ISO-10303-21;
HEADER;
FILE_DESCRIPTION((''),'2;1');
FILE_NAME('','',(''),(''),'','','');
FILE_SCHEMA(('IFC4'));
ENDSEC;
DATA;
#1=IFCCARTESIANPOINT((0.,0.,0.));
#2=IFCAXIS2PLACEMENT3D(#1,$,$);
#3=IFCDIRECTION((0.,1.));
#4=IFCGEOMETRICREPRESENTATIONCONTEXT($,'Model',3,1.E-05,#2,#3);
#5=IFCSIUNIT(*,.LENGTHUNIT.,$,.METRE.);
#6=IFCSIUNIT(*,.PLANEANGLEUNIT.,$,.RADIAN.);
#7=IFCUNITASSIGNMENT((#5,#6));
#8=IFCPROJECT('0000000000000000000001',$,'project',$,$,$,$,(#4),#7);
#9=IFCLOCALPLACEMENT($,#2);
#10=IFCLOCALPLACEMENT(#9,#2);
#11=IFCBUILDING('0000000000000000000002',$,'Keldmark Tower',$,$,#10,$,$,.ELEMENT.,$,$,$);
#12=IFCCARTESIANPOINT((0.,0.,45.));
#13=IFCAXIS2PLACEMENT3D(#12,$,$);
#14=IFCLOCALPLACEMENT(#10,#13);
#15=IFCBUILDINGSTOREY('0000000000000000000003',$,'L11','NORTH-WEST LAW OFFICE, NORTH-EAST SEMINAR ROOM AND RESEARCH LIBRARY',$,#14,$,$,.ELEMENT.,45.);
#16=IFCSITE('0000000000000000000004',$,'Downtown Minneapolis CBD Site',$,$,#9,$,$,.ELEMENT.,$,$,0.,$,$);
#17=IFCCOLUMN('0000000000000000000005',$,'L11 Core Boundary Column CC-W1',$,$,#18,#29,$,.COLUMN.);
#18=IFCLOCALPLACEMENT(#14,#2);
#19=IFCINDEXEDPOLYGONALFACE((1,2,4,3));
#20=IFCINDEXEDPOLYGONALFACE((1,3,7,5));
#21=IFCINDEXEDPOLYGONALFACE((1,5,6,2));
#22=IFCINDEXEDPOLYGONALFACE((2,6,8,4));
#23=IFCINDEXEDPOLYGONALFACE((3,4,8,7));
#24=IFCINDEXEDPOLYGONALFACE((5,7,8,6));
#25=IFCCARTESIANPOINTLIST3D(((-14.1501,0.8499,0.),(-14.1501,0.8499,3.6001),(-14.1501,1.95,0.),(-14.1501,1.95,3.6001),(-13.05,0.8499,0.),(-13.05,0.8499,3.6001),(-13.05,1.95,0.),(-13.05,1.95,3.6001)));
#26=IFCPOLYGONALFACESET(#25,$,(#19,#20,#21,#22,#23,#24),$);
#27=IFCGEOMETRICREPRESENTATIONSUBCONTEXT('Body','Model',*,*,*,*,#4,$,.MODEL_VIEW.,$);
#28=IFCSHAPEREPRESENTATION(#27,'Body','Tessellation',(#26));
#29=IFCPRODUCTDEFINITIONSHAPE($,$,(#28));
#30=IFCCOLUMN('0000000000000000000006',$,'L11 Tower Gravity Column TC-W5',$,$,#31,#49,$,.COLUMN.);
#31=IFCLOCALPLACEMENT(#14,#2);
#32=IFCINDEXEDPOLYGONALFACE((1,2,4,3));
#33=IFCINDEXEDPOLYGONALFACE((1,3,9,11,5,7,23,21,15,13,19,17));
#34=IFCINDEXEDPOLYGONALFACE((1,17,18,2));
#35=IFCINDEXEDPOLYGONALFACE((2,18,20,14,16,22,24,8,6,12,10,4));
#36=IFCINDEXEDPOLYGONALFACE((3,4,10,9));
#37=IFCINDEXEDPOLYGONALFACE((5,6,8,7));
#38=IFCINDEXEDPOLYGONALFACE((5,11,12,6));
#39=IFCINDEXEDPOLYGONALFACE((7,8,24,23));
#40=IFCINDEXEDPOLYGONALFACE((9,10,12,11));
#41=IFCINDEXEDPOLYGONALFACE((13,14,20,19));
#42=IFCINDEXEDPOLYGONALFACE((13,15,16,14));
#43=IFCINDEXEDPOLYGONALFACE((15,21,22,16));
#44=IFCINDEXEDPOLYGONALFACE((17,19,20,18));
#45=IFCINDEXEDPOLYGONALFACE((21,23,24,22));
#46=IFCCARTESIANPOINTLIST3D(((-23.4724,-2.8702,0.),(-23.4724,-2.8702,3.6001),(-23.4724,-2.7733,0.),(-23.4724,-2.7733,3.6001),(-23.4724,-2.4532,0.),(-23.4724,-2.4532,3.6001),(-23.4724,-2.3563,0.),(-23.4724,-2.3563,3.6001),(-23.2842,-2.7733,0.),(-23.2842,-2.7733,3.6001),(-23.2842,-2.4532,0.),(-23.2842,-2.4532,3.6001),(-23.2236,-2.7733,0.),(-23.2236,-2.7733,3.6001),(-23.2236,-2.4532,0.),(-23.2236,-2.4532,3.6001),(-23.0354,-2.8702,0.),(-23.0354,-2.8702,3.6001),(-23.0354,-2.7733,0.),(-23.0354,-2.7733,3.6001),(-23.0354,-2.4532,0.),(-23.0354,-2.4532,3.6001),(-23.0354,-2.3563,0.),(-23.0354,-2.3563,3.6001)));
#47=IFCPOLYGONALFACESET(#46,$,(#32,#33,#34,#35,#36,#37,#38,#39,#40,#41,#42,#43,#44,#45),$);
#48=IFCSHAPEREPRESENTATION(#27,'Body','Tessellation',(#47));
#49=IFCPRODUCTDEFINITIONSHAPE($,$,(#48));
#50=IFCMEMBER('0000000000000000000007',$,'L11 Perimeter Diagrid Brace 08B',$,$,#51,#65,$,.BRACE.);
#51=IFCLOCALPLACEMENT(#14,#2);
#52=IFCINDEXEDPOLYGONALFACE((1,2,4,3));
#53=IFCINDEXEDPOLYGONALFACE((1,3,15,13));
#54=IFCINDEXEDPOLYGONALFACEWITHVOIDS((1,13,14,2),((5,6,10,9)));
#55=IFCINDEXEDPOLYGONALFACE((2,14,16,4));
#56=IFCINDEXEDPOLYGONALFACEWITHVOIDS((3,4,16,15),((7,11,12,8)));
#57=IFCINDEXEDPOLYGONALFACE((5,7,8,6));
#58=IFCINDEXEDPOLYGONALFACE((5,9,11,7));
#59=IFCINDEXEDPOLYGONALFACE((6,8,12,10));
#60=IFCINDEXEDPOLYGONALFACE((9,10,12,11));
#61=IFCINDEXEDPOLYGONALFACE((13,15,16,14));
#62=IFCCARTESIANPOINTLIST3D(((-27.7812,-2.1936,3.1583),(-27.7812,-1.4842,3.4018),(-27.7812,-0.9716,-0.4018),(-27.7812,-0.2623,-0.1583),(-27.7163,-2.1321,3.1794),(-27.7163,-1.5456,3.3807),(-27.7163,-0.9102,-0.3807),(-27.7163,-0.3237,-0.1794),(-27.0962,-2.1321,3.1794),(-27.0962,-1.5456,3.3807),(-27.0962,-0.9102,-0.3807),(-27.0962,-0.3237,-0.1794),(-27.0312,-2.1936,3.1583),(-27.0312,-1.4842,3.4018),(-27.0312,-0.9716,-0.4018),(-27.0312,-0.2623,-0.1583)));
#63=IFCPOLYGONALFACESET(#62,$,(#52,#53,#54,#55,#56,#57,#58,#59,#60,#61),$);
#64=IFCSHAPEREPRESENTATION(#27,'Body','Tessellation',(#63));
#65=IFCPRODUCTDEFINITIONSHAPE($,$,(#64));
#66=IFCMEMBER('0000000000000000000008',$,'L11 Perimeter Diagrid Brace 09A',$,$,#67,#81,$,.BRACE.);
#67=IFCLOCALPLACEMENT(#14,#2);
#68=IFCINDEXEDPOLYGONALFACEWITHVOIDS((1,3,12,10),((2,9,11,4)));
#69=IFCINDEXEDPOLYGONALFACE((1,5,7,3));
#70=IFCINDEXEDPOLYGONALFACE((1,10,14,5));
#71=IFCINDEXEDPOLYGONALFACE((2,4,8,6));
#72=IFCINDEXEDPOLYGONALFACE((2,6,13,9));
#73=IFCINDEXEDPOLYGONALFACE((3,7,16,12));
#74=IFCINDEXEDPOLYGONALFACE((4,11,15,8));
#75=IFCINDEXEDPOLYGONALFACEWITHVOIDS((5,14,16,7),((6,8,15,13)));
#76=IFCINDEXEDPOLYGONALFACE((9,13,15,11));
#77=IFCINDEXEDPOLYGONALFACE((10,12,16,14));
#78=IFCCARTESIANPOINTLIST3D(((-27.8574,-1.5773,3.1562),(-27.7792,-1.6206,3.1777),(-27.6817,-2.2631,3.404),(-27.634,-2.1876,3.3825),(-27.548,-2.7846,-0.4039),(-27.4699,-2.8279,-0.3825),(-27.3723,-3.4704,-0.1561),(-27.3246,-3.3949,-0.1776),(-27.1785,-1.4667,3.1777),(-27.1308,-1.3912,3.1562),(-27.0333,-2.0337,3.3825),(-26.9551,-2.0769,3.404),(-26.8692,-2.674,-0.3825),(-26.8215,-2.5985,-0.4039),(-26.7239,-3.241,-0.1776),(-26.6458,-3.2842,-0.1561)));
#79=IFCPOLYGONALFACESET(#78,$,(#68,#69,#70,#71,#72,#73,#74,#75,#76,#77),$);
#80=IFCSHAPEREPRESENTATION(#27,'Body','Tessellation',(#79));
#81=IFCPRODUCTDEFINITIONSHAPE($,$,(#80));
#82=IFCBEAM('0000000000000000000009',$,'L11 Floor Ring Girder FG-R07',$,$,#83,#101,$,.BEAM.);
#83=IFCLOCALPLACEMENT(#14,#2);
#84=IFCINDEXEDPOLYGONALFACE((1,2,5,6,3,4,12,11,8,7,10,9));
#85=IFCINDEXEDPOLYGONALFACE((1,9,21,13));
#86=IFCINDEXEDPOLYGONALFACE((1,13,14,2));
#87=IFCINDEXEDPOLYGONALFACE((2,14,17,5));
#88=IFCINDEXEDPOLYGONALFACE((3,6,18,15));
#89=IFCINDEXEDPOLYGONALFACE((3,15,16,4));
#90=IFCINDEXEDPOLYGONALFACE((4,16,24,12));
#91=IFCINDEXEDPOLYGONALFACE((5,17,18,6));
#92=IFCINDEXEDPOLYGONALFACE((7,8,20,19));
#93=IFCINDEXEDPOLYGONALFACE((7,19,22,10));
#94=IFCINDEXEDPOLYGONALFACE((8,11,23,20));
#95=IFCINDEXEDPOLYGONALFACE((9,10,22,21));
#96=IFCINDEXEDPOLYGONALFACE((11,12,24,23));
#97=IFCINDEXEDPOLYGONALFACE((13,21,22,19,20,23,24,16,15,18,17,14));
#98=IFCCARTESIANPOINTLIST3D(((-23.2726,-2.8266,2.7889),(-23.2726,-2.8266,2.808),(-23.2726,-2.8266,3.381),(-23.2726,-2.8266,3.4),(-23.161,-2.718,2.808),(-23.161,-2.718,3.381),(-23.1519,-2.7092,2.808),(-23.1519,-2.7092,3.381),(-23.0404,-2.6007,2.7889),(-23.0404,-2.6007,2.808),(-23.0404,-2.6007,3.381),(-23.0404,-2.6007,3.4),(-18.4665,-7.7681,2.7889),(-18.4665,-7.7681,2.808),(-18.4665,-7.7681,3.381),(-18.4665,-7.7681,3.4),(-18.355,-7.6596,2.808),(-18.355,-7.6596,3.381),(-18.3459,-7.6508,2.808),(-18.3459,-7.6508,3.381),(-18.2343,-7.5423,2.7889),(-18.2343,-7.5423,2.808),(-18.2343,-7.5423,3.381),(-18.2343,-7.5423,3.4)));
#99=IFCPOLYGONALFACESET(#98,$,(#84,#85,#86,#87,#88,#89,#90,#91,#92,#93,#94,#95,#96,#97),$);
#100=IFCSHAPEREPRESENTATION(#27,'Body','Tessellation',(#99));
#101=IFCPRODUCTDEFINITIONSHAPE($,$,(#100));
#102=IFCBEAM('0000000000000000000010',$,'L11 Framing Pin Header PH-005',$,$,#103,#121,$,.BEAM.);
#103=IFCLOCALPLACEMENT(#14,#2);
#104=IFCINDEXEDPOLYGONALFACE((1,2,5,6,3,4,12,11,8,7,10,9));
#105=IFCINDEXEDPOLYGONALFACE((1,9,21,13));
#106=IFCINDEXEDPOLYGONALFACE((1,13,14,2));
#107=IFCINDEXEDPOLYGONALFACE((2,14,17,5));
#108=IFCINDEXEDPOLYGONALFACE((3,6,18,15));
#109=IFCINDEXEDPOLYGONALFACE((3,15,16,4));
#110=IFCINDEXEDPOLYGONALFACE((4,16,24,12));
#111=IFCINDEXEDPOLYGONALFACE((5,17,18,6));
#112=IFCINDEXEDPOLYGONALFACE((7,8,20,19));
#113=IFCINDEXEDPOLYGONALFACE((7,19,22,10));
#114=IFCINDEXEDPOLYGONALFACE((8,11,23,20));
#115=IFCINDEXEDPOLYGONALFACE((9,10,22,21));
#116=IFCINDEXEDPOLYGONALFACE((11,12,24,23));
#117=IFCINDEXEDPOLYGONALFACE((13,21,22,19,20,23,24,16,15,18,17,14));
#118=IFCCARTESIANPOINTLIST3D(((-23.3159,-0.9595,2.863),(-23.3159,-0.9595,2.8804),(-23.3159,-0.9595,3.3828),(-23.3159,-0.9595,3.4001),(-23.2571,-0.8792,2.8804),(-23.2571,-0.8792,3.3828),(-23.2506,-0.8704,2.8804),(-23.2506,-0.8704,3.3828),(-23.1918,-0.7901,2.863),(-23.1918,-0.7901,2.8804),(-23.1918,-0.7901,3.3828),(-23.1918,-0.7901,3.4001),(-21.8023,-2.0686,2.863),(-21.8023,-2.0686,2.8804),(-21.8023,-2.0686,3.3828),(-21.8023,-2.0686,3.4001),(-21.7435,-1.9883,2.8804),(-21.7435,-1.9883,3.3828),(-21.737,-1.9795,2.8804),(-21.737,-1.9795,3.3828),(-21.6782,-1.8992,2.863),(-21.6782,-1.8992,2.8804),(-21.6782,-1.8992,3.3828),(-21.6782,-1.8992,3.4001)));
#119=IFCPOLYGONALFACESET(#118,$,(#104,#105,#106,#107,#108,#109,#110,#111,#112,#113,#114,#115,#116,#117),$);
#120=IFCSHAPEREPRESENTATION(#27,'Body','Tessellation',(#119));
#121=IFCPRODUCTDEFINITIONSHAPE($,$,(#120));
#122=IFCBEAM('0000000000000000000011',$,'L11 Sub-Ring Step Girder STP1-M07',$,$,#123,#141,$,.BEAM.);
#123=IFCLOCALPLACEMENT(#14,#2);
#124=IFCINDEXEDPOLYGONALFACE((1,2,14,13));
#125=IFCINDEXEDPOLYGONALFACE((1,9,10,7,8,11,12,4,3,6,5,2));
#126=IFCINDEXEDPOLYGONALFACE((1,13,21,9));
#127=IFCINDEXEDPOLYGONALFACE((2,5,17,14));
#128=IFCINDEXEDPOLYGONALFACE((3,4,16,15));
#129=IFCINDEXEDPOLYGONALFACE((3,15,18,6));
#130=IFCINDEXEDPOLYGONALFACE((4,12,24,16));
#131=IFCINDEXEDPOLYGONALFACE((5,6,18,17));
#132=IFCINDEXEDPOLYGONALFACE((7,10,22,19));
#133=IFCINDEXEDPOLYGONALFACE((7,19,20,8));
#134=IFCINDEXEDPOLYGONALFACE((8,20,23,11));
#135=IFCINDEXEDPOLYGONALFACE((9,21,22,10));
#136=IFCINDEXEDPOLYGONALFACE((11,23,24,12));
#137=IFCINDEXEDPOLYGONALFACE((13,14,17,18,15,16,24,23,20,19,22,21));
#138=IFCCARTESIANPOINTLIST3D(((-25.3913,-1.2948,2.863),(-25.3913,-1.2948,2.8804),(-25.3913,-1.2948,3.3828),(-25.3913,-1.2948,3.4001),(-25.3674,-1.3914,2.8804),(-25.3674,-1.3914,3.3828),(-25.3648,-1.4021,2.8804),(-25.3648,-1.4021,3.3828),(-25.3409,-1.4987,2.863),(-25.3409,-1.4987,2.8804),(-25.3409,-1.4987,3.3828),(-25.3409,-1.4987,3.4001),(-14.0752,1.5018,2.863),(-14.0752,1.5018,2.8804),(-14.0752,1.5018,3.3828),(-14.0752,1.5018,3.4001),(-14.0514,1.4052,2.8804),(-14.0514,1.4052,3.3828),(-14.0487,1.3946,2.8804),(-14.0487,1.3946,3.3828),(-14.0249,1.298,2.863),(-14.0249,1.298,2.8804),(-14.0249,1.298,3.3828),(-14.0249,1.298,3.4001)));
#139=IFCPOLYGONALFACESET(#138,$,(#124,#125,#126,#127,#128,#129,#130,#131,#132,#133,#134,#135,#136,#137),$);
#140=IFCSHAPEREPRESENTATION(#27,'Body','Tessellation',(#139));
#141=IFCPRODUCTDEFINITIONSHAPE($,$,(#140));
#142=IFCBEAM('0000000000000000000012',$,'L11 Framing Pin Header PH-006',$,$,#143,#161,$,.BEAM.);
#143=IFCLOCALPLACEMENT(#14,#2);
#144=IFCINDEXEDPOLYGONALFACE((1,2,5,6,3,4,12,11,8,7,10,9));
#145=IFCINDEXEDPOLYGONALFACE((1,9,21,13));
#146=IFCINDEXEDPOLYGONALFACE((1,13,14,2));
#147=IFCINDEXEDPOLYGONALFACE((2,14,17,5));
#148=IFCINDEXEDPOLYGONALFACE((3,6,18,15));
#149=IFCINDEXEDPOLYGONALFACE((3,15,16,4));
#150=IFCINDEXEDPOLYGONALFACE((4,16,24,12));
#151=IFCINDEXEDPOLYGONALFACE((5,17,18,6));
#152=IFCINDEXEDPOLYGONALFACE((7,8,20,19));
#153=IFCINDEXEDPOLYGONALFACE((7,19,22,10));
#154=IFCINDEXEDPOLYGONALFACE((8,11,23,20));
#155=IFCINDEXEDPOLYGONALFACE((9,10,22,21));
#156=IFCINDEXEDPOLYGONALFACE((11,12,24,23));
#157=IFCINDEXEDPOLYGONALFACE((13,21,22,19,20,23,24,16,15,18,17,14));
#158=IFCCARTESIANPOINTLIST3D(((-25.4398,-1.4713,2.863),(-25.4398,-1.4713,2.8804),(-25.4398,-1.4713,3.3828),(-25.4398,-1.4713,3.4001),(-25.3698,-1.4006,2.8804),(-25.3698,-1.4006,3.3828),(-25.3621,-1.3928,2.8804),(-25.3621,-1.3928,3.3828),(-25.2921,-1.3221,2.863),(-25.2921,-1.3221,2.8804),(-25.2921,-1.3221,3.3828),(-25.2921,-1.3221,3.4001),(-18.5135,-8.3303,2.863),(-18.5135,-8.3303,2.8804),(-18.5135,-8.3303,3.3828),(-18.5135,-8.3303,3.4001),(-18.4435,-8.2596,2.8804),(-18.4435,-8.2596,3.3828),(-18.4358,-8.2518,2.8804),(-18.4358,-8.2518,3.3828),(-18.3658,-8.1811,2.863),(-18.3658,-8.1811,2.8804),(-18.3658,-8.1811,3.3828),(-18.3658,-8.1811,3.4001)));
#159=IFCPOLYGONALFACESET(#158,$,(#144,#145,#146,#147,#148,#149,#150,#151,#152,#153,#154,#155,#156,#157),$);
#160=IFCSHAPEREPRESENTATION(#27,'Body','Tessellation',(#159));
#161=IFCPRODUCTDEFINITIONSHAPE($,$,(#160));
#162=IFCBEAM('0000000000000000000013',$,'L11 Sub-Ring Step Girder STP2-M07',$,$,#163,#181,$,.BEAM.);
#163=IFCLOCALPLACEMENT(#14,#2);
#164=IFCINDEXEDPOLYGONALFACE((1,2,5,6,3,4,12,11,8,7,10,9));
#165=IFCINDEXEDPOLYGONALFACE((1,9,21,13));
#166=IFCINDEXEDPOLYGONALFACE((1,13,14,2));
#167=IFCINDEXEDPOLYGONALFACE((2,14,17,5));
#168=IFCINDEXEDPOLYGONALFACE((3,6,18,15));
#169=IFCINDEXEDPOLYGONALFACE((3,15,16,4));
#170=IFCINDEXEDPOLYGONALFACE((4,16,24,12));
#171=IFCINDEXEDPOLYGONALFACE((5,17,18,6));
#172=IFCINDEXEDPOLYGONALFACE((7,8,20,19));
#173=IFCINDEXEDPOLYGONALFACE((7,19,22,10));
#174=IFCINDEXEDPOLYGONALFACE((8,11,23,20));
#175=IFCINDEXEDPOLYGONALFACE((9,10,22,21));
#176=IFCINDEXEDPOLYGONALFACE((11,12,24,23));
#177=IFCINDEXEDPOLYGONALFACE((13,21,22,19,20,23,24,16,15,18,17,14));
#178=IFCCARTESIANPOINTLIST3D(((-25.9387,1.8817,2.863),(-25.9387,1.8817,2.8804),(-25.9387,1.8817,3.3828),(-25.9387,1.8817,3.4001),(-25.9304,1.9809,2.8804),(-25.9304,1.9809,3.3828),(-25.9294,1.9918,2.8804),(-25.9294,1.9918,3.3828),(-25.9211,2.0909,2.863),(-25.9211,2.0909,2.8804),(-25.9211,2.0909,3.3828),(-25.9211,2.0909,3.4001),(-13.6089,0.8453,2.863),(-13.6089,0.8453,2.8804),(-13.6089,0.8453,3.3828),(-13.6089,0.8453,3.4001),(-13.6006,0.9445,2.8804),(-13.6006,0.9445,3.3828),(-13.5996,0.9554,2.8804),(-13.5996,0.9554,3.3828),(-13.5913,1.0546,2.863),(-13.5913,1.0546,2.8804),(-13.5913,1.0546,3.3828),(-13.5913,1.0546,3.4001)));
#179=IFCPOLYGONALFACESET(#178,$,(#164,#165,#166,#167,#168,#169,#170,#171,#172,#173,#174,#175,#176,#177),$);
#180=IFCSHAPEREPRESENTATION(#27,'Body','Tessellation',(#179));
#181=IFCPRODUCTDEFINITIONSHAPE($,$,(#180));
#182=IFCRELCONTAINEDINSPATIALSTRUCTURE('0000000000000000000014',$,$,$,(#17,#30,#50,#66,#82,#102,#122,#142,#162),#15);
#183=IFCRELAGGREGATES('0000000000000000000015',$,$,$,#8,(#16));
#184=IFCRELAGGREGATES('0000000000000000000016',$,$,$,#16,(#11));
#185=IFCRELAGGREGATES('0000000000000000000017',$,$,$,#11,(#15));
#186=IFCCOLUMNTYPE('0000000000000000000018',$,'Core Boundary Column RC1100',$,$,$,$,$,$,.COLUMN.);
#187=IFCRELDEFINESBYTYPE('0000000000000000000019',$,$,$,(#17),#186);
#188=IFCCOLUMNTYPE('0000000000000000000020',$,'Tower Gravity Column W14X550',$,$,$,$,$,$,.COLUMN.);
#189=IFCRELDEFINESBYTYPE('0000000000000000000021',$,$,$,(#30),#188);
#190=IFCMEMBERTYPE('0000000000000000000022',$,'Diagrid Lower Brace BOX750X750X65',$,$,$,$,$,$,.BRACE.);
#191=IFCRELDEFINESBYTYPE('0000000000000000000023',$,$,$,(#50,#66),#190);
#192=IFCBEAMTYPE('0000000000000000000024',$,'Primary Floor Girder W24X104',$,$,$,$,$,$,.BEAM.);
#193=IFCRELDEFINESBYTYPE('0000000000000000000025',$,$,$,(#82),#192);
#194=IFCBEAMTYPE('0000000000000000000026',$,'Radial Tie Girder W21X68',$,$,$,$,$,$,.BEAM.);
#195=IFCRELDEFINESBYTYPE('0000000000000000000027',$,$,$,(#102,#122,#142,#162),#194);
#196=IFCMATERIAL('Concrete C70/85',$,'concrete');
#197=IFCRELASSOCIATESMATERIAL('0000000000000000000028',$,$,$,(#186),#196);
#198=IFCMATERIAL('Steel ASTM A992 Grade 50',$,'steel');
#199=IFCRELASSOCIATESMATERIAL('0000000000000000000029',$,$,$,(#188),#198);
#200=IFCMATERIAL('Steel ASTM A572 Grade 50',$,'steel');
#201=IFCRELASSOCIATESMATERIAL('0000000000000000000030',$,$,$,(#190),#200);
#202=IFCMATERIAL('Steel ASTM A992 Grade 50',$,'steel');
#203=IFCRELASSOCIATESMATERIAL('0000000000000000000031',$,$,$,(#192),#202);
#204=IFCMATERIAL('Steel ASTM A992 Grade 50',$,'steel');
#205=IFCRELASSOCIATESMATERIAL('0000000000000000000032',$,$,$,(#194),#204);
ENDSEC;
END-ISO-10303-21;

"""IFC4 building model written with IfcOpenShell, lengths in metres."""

from ifc_helpers import new_model, si_unit, direction, frame, origin, origin_2d, place, context, subcontext, project, spatial, rectangle, hollow_rectangle, i_section, extrude, material, material_profile, profile_set, type_object, element, save


model = new_model("IFC4")

# Units and contexts
model_context = context("Model", 3, precision=1e-05, world=origin(), true_north=direction((0.0, 1.0)))
body_context = subcontext(model_context, "Body", "Model", "MODEL_VIEW")
ifc_project = project(units=[si_unit("LENGTHUNIT", "METRE"), si_unit("PLANEANGLEUNIT", "RADIAN")], contexts=[model_context])

# Site, building, storey
site_placement = place(None, origin())
site = spatial("IfcSite", under=ifc_project, at=site_placement, Name="Downtown Minneapolis CBD Site", CompositionType="ELEMENT", RefElevation=0.0)
building_placement = place(site_placement, origin())
building = spatial("IfcBuilding", under=site, at=building_placement, Name="Keldmark Tower", CompositionType="ELEMENT")
storey_placement = place(building_placement, frame((0.0, 0.0, 45.0)))
storey = spatial("IfcBuildingStorey", under=building, at=storey_placement, Name="L11", Description="NORTH-WEST LAW OFFICE, NORTH-EAST SEMINAR ROOM AND RESEARCH LIBRARY", CompositionType="ELEMENT", Elevation=45.0)

# Columns
ifc_material_1 = material(Name="Concrete C70/85", Category="concrete")
ifc_material_profile_1 = material_profile(ifc_material_1, rectangle(XDim=1.1001, YDim=1.1001, at=origin_2d()), Name="RC1100X1100")
ifc_profile_set_1 = profile_set([ifc_material_profile_1], Name="Concrete C70/85")
column_type_1 = type_object("IfcColumnType", Name="Core Boundary Column RC1100", PredefinedType="COLUMN", material=ifc_profile_set_1)
column_1_placement = place(storey_placement, frame((-13.6001, 1.3999, 0.0), z_axis=(0.0, 0.0, 1.0), x_axis=(1.0, 0.0, 0.0)))
element("IfcColumn", 1, at=column_1_placement, inside=storey, type_object=column_type_1, Name="L11 Core Boundary Column CC-W1", PredefinedType="COLUMN", context=body_context, shape_type="SweptSolid", body=[
    extrude(rectangle(XDim=1.1001, YDim=1.1001, at=origin_2d()), origin(), (0.0, 0.0, 1.0), 3.6001),
])
ifc_material_2 = material(Name="Steel ASTM A992 Grade 50", Category="steel")
ifc_material_profile_2 = material_profile(ifc_material_2, i_section(OverallWidth=0.437, OverallDepth=0.5139, WebThickness=0.0605, FlangeThickness=0.0969, at=origin_2d()), Name="W14X550")
ifc_profile_set_2 = profile_set([ifc_material_profile_2], Name="Steel ASTM A992 Grade 50")
column_type_2 = type_object("IfcColumnType", Name="Tower Gravity Column W14X550", PredefinedType="COLUMN", material=ifc_profile_set_2)
column_2_placement = place(storey_placement, frame((-23.2539, -2.6133, 0.0), z_axis=(0.0, 0.0, 1.0), x_axis=(1.0, 0.0, 0.0)))
element("IfcColumn", 2, at=column_2_placement, inside=storey, type_object=column_type_2, Name="L11 Tower Gravity Column TC-W5", PredefinedType="COLUMN", context=body_context, shape_type="SweptSolid", body=[
    extrude(i_section(OverallWidth=0.437, OverallDepth=0.5139, WebThickness=0.0605, FlangeThickness=0.0969, at=origin_2d()), origin(), (0.0, 0.0, 1.0), 3.6001),
])

# Members
ifc_material_3 = material(Name="Steel ASTM A572 Grade 50", Category="steel")
ifc_material_profile_3 = material_profile(ifc_material_3, hollow_rectangle(XDim=0.75, YDim=0.75, WallThickness=0.0649, at=origin_2d()), Name="BOX750X750X65")
ifc_profile_set_3 = profile_set([ifc_material_profile_3], Name="Steel ASTM A572 Grade 50")
member_type = type_object("IfcMemberType", Name="Diagrid Lower Brace BOX750X750X65", PredefinedType="BRACE", material=ifc_profile_set_3)
member_1_placement = place(storey_placement, frame((-27.4062, -0.6169, -0.28), z_axis=(0.0, -0.324641, 0.945837), x_axis=(1.0, 0.0, 0.0)))
element("IfcMember", 3, at=member_1_placement, inside=storey, type_object=member_type, Name="L11 Perimeter Diagrid Brace 08B", PredefinedType="BRACE", context=body_context, shape_type="SweptSolid", body=[
    extrude(hollow_rectangle(XDim=0.75, YDim=0.75, WallThickness=0.0649, at=origin_2d()), origin(), (0.0, 0.0, 1.0), 3.7639),
])
member_2_placement = place(storey_placement, frame((-27.0969, -3.0344, -0.28), z_axis=(-0.082008, 0.320071, 0.943837), x_axis=(-0.968709, -0.248201, 0.0)))
element("IfcMember", 4, at=member_2_placement, inside=storey, type_object=member_type, Name="L11 Perimeter Diagrid Brace 09A", PredefinedType="BRACE", context=body_context, shape_type="SweptSolid", body=[
    extrude(hollow_rectangle(XDim=0.75, YDim=0.75, WallThickness=0.0649, at=origin_2d()), origin(), (0.0, 0.0, 1.0), 3.772),
])

# Beams
ifc_material_4 = material(Name="Steel ASTM A992 Grade 50", Category="steel")
ifc_material_profile_4 = material_profile(ifc_material_4, i_section(OverallWidth=0.324, OverallDepth=0.6111, WebThickness=0.0127, FlangeThickness=0.019, at=origin_2d()), Name="W24X104")
ifc_profile_set_4 = profile_set([ifc_material_profile_4], Name="Steel ASTM A992 Grade 50")
beam_type_1 = type_object("IfcBeamType", Name="Primary Floor Girder W24X104", PredefinedType="BEAM", material=ifc_profile_set_4)
beam_1_placement = place(storey_placement, frame((-23.1565, -2.7136, 3.0945), z_axis=(0.69721, -0.716867, 0.0), x_axis=(0.716867, 0.69721, 0.0)))
element("IfcBeam", 5, at=beam_1_placement, inside=storey, type_object=beam_type_1, Name="L11 Floor Ring Girder FG-R07", PredefinedType="BEAM", context=body_context, shape_type="SweptSolid", body=[
    extrude(i_section(OverallWidth=0.324, OverallDepth=0.6111, WebThickness=0.0127, FlangeThickness=0.019, at=origin_2d()), origin(), (0.0, 0.0, 1.0), 6.8933),
])
ifc_material_5 = material(Name="Steel ASTM A992 Grade 50", Category="steel")
ifc_material_profile_5 = material_profile(ifc_material_5, i_section(OverallWidth=0.21, OverallDepth=0.5371, WebThickness=0.011, FlangeThickness=0.0173, at=origin_2d()), Name="W21X68")
ifc_profile_set_5 = profile_set([ifc_material_profile_5], Name="Steel ASTM A992 Grade 50")
beam_type_2 = type_object("IfcBeamType", Name="Radial Tie Girder W21X68", PredefinedType="BEAM", material=ifc_profile_set_5)
beam_2_placement = place(storey_placement, frame((-21.7402, -1.9839, 3.1316), z_axis=(-0.806632, 0.591053, 0.0), x_axis=(-0.591053, -0.806632, 0.0)))
element("IfcBeam", 6, at=beam_2_placement, inside=storey, type_object=beam_type_2, Name="L11 Framing Pin Header PH-005", PredefinedType="BEAM", context=body_context, shape_type="SweptSolid", body=[
    extrude(i_section(OverallWidth=0.21, OverallDepth=0.5371, WebThickness=0.011, FlangeThickness=0.0173, at=origin_2d()), origin(), (0.0, 0.0, 1.0), 1.8765),
])
beam_3_placement = place(storey_placement, frame((-14.05, 1.3999, 3.1316), z_axis=(-0.970792, -0.239923, 0.0), x_axis=(0.239923, -0.970792, 0.0)))
element("IfcBeam", 7, at=beam_3_placement, inside=storey, type_object=beam_type_2, Name="L11 Sub-Ring Step Girder STP1-M07", PredefinedType="BEAM", context=body_context, shape_type="SweptSolid", body=[
    extrude(i_section(OverallWidth=0.21, OverallDepth=0.5371, WebThickness=0.011, FlangeThickness=0.0173, at=origin_2d()), origin(), (0.0, 0.0, 1.0), 11.6565),
])
beam_4_placement = place(storey_placement, frame((-25.366, -1.3967, 3.1316), z_axis=(0.710555, -0.703642, 0.0), x_axis=(0.703642, 0.710555, 0.0)))
element("IfcBeam", 8, at=beam_4_placement, inside=storey, type_object=beam_type_2, Name="L11 Framing Pin Header PH-006", PredefinedType="BEAM", context=body_context, shape_type="SweptSolid", body=[
    extrude(i_section(OverallWidth=0.21, OverallDepth=0.5371, WebThickness=0.011, FlangeThickness=0.0173, at=origin_2d()), origin(), (0.0, 0.0, 1.0), 9.7478),
])
beam_5_placement = place(storey_placement, frame((-13.6001, 0.95, 3.1316), z_axis=(-0.996486, 0.083759, 0.0), x_axis=(-0.083759, -0.996486, 0.0)))
element("IfcBeam", 9, at=beam_5_placement, inside=storey, type_object=beam_type_2, Name="L11 Sub-Ring Step Girder STP2-M07", PredefinedType="BEAM", context=body_context, shape_type="SweptSolid", body=[
    extrude(i_section(OverallWidth=0.21, OverallDepth=0.5371, WebThickness=0.011, FlangeThickness=0.0173, at=origin_2d()), origin(), (0.0, 0.0, 1.0), 12.3733),
])

save(model, "model.ifc")
